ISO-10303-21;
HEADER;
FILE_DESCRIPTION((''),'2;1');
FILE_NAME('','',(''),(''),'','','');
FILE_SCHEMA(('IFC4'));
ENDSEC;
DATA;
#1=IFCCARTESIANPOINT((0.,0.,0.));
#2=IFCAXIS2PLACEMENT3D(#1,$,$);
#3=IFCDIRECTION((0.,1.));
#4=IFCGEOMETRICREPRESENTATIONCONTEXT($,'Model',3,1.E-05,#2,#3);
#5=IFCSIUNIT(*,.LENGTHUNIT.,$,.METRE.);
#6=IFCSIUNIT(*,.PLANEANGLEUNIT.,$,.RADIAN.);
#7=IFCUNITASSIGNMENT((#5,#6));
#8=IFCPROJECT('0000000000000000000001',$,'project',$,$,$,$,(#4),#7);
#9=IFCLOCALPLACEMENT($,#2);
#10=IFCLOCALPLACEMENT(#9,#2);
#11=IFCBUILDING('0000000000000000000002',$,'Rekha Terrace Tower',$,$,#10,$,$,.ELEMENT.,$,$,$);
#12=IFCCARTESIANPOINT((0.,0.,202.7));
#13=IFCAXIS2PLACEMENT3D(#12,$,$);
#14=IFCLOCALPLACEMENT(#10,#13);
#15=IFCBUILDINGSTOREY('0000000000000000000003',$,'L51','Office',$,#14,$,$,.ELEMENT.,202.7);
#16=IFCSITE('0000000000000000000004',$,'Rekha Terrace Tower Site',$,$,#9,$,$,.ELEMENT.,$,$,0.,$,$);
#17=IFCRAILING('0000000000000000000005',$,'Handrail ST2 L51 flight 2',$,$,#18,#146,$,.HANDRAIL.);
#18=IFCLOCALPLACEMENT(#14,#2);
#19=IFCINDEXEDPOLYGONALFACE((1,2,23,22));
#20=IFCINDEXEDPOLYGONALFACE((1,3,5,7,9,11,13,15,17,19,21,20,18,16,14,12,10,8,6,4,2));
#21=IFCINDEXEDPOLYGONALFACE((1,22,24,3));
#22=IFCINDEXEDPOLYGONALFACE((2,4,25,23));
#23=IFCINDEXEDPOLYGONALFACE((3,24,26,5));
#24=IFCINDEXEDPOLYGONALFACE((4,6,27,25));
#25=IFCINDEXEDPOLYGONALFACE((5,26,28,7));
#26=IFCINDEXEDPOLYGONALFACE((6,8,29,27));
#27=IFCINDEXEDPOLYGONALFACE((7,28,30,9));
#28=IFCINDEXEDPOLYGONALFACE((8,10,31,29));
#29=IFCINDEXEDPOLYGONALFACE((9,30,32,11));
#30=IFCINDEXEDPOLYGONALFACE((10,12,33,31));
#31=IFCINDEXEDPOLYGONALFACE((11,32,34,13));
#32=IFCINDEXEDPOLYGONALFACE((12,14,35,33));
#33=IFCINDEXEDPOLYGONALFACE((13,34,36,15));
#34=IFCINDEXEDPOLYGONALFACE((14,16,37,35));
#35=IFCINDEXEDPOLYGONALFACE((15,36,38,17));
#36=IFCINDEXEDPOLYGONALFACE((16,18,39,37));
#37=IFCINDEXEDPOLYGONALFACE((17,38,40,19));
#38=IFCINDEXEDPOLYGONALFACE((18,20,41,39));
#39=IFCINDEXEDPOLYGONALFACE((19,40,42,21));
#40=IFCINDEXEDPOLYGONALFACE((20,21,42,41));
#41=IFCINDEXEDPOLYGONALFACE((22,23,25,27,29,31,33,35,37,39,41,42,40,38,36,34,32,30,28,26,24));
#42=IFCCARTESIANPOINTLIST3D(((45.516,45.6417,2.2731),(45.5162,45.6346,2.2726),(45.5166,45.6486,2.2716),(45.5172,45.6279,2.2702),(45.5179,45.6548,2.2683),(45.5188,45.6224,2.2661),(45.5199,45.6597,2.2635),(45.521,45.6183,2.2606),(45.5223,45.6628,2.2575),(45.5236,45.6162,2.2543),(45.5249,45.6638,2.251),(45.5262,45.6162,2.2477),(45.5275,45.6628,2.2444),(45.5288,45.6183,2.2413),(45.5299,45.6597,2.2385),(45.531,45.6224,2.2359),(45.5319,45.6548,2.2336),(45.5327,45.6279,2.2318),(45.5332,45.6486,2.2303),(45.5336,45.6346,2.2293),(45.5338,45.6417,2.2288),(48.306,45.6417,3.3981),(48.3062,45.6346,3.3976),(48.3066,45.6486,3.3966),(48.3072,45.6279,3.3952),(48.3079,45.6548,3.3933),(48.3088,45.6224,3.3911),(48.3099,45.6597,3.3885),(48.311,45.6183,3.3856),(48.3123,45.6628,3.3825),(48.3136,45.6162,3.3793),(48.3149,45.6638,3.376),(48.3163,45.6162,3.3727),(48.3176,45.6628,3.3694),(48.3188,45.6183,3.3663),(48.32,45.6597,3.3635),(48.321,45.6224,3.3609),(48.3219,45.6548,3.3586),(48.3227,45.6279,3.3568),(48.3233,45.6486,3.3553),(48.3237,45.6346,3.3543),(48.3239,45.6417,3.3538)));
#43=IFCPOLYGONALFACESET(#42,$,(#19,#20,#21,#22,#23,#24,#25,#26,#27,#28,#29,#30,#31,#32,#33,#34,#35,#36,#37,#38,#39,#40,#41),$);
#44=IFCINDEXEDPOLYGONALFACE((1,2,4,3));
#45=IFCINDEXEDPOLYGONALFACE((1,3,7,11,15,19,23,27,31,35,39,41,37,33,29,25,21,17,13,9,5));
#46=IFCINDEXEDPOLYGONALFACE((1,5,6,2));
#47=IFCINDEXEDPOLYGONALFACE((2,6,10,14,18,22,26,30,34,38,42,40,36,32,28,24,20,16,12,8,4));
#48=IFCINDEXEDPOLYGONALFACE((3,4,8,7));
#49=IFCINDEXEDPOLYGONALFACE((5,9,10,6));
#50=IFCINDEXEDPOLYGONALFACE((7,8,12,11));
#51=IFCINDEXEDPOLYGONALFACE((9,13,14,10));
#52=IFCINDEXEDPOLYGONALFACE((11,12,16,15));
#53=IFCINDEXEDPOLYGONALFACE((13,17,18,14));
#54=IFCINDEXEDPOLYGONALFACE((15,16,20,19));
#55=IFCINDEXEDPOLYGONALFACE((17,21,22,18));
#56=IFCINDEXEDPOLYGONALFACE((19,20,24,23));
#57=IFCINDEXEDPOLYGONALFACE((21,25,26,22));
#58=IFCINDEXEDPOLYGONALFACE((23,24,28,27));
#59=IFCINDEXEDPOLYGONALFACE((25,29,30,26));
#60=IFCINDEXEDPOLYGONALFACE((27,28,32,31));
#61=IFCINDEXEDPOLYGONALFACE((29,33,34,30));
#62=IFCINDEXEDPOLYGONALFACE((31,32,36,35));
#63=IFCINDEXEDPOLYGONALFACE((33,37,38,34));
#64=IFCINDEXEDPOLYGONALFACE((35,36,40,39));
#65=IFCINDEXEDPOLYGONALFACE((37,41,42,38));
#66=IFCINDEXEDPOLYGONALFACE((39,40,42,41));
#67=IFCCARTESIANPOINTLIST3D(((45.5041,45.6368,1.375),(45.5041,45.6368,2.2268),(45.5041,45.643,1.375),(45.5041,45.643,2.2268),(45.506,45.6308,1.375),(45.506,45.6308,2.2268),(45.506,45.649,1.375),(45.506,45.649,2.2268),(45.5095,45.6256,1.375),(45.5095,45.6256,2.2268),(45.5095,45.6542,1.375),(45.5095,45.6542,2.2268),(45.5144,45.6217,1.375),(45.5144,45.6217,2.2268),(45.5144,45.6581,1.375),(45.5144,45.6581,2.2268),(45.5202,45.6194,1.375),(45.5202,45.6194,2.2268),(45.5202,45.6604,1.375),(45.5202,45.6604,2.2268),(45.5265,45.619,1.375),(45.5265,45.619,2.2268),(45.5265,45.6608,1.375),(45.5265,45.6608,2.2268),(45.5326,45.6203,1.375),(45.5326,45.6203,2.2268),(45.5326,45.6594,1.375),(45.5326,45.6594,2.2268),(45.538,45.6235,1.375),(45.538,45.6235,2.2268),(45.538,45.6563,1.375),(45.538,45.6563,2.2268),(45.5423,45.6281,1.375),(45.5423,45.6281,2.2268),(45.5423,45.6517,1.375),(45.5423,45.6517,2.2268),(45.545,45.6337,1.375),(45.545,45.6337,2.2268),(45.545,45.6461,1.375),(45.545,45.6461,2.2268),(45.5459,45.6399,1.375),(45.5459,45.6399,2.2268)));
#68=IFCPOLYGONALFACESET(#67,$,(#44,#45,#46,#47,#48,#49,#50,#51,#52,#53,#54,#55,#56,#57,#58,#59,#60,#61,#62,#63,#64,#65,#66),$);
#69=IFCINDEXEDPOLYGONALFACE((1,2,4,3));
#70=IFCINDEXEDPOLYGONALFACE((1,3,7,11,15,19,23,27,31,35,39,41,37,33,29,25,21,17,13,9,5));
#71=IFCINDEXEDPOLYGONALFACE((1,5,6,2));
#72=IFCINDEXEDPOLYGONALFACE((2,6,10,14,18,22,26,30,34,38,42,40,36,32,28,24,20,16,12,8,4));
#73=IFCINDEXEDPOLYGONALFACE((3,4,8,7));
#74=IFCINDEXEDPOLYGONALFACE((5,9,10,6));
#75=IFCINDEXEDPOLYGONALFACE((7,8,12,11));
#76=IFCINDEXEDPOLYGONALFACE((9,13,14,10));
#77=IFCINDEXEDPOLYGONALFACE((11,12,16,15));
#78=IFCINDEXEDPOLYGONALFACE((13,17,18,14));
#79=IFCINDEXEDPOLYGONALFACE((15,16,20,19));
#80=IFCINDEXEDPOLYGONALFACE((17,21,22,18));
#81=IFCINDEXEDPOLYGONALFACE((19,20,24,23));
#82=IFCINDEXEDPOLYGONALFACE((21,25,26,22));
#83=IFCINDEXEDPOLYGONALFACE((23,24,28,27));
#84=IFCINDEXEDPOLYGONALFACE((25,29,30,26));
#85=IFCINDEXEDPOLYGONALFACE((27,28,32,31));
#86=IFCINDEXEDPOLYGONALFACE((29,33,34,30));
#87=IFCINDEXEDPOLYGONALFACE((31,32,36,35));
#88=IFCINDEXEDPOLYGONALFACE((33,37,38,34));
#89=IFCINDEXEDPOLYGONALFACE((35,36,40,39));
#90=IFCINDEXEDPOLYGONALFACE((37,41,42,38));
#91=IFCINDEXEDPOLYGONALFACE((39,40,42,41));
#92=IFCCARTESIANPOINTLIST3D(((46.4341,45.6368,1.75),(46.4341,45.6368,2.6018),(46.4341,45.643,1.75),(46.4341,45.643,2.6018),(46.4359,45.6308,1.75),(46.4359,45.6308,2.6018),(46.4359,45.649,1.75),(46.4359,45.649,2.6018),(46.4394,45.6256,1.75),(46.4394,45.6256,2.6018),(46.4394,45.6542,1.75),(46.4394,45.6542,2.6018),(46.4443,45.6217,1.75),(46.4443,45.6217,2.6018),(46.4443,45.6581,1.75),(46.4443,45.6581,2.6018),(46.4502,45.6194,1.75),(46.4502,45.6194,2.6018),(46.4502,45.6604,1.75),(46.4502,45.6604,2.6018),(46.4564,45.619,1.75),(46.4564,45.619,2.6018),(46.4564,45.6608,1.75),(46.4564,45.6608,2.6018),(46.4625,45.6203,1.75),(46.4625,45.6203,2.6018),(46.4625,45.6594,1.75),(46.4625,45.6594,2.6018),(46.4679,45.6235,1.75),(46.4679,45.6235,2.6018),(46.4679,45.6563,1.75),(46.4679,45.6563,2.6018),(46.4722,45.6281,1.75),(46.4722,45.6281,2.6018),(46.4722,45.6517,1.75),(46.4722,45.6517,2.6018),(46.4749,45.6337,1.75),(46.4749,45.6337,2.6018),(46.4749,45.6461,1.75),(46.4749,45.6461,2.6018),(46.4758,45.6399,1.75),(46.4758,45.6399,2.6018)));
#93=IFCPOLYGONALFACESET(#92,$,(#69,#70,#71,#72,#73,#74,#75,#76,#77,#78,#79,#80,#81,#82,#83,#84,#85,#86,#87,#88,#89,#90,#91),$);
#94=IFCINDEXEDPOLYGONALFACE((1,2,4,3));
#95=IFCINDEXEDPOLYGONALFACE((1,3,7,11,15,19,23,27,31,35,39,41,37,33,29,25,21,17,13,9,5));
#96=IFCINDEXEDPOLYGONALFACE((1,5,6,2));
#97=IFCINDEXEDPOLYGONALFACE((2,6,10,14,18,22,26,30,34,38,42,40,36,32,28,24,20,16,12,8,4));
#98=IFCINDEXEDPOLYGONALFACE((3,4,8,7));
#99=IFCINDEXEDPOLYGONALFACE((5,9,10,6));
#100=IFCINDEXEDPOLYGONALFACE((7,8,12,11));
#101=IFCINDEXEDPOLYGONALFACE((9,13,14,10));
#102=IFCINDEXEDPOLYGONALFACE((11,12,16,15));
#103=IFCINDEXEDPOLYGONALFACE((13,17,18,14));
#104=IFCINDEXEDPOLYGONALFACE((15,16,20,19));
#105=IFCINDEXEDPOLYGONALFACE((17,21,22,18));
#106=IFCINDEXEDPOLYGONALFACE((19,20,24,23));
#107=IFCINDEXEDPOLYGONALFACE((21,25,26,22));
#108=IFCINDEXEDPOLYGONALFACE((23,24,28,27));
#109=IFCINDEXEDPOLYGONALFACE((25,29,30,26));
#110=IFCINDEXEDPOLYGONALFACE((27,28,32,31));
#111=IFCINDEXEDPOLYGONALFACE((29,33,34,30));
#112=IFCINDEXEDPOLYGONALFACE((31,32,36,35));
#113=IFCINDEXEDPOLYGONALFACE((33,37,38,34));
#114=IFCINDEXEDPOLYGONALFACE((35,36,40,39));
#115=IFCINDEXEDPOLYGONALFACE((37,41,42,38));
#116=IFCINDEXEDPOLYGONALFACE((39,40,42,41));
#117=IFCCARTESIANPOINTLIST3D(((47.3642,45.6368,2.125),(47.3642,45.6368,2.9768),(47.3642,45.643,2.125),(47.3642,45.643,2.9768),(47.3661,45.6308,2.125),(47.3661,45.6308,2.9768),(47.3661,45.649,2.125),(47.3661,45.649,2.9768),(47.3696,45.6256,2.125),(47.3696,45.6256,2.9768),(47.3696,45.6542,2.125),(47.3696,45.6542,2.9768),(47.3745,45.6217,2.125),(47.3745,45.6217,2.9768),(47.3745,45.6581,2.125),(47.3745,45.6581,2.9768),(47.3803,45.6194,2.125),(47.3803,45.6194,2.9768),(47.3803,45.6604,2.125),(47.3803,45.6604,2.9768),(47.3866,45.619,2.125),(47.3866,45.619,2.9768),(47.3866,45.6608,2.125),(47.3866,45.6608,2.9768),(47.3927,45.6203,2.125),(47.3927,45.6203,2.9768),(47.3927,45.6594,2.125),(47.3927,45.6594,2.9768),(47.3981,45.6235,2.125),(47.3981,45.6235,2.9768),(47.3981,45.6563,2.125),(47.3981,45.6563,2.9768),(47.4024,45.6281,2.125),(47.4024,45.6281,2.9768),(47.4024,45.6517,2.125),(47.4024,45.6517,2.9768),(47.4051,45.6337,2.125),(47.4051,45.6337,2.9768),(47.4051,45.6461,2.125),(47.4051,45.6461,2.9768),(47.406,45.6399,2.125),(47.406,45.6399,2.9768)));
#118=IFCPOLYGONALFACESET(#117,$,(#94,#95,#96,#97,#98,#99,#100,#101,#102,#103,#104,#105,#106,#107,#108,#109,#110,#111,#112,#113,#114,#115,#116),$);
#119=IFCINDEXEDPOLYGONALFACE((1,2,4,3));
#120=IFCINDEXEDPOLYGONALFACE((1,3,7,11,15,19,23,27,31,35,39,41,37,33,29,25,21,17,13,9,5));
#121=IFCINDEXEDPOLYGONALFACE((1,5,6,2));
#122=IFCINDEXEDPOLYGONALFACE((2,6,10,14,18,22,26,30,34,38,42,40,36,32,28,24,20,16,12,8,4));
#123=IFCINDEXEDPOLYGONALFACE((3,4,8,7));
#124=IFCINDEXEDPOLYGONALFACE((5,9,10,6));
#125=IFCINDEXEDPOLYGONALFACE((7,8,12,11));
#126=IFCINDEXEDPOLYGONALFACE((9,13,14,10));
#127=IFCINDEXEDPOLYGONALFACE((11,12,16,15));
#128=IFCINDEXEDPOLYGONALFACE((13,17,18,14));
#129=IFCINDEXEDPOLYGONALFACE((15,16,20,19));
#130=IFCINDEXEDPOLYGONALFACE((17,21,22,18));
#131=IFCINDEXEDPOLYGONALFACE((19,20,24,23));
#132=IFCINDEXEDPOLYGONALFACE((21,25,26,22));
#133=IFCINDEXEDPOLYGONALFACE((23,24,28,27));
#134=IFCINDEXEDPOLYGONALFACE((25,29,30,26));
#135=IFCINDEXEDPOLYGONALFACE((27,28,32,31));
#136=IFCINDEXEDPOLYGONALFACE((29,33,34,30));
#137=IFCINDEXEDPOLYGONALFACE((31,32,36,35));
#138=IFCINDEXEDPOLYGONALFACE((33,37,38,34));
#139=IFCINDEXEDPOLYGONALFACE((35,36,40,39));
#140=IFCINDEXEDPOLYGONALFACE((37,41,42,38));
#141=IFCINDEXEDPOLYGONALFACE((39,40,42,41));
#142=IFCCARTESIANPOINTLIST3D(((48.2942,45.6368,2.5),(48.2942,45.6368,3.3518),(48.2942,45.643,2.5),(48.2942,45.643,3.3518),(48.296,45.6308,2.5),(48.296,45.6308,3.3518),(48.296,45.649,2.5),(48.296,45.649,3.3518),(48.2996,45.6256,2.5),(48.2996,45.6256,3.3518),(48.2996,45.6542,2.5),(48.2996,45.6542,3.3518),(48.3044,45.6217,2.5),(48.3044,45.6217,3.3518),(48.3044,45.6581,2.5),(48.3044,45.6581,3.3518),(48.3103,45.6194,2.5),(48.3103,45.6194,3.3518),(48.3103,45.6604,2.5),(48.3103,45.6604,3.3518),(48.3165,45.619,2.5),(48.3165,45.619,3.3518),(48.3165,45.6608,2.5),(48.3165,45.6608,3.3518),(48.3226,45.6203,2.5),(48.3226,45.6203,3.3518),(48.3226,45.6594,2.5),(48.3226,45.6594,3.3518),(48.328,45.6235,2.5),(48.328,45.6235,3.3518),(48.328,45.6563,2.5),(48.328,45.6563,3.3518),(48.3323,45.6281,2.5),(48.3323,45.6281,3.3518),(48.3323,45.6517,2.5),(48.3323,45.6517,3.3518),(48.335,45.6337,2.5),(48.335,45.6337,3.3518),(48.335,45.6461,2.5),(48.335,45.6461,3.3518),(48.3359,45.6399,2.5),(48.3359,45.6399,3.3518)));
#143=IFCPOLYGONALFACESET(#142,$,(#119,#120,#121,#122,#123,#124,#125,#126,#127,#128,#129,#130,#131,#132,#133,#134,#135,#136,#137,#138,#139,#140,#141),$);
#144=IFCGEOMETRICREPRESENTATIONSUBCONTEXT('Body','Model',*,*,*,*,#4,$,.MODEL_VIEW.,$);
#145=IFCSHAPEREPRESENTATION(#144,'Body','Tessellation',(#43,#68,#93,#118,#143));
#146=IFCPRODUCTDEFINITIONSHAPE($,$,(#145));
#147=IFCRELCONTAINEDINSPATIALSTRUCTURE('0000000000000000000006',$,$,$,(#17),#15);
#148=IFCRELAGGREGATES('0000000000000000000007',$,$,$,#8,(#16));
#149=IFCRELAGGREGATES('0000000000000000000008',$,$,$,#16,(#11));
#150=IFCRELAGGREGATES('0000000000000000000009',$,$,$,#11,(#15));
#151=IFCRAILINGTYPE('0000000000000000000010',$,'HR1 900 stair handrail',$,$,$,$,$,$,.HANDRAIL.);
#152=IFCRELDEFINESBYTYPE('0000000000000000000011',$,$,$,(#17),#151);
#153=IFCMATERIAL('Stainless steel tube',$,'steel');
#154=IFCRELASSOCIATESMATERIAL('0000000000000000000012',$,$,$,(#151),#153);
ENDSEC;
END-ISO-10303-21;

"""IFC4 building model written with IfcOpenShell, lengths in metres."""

from ifc_helpers import new_model, si_unit, direction, frame, origin, origin_2d, place, context, subcontext, project, spatial, circle, extrude, material, type_object, element, save


model = new_model("IFC4")

# Units and contexts
model_context = context("Model", 3, precision=1e-05, world=origin(), true_north=direction((0.0, 1.0)))
body_context = subcontext(model_context, "Body", "Model", "MODEL_VIEW")
ifc_project = project(units=[si_unit("LENGTHUNIT", "METRE"), si_unit("PLANEANGLEUNIT", "RADIAN")], contexts=[model_context])

# Site, building, storey
site_placement = place(None, origin())
site = spatial("IfcSite", under=ifc_project, at=site_placement, Name="Rekha Terrace Tower Site", CompositionType="ELEMENT", RefElevation=0.0)
building_placement = place(site_placement, origin())
building = spatial("IfcBuilding", under=site, at=building_placement, Name="Rekha Terrace Tower", CompositionType="ELEMENT")
storey_placement = place(building_placement, frame((0.0, 0.0, 202.7)))
storey = spatial("IfcBuildingStorey", under=building, at=storey_placement, Name="L51", Description="Office", CompositionType="ELEMENT", Elevation=202.7)

# Railing
ifc_material_1 = material(Name="Stainless steel tube", Category="steel")
railing_type = type_object("IfcRailingType", Name="HR1 900 stair handrail", PredefinedType="HANDRAIL", material=ifc_material_1)
railing_placement = place(storey_placement, frame((45.5249, 45.6399, 1.375)))
element("IfcRailing", 1, at=railing_placement, inside=storey, type_object=railing_type, Name="Handrail ST2 L51 flight 2", PredefinedType="HANDRAIL", context=body_context, shape_type="SweptSolid", body=[
    extrude(circle(Radius=0.0239, at=origin_2d()), frame((0.0, 0.0, 0.876), z_axis=(0.927443, 0.0, 0.373964), x_axis=(0.0, 1.0, 0.0)), (0.0, 0.0, 1.0), 3.0083),
    extrude(circle(Radius=0.021, at=origin_2d()), origin(), (0.0, 0.0, 1.0), 0.8518),
    extrude(circle(Radius=0.021, at=origin_2d()), frame((0.9299, 0.0, 0.375)), (0.0, 0.0, 1.0), 0.8518),
    extrude(circle(Radius=0.021, at=origin_2d()), frame((1.8601, 0.0, 0.75)), (0.0, 0.0, 1.0), 0.8518),
    extrude(circle(Radius=0.021, at=origin_2d()), frame((2.79, 0.0, 1.125)), (0.0, 0.0, 1.0), 0.8518),
])

save(model, "model.ifc")
